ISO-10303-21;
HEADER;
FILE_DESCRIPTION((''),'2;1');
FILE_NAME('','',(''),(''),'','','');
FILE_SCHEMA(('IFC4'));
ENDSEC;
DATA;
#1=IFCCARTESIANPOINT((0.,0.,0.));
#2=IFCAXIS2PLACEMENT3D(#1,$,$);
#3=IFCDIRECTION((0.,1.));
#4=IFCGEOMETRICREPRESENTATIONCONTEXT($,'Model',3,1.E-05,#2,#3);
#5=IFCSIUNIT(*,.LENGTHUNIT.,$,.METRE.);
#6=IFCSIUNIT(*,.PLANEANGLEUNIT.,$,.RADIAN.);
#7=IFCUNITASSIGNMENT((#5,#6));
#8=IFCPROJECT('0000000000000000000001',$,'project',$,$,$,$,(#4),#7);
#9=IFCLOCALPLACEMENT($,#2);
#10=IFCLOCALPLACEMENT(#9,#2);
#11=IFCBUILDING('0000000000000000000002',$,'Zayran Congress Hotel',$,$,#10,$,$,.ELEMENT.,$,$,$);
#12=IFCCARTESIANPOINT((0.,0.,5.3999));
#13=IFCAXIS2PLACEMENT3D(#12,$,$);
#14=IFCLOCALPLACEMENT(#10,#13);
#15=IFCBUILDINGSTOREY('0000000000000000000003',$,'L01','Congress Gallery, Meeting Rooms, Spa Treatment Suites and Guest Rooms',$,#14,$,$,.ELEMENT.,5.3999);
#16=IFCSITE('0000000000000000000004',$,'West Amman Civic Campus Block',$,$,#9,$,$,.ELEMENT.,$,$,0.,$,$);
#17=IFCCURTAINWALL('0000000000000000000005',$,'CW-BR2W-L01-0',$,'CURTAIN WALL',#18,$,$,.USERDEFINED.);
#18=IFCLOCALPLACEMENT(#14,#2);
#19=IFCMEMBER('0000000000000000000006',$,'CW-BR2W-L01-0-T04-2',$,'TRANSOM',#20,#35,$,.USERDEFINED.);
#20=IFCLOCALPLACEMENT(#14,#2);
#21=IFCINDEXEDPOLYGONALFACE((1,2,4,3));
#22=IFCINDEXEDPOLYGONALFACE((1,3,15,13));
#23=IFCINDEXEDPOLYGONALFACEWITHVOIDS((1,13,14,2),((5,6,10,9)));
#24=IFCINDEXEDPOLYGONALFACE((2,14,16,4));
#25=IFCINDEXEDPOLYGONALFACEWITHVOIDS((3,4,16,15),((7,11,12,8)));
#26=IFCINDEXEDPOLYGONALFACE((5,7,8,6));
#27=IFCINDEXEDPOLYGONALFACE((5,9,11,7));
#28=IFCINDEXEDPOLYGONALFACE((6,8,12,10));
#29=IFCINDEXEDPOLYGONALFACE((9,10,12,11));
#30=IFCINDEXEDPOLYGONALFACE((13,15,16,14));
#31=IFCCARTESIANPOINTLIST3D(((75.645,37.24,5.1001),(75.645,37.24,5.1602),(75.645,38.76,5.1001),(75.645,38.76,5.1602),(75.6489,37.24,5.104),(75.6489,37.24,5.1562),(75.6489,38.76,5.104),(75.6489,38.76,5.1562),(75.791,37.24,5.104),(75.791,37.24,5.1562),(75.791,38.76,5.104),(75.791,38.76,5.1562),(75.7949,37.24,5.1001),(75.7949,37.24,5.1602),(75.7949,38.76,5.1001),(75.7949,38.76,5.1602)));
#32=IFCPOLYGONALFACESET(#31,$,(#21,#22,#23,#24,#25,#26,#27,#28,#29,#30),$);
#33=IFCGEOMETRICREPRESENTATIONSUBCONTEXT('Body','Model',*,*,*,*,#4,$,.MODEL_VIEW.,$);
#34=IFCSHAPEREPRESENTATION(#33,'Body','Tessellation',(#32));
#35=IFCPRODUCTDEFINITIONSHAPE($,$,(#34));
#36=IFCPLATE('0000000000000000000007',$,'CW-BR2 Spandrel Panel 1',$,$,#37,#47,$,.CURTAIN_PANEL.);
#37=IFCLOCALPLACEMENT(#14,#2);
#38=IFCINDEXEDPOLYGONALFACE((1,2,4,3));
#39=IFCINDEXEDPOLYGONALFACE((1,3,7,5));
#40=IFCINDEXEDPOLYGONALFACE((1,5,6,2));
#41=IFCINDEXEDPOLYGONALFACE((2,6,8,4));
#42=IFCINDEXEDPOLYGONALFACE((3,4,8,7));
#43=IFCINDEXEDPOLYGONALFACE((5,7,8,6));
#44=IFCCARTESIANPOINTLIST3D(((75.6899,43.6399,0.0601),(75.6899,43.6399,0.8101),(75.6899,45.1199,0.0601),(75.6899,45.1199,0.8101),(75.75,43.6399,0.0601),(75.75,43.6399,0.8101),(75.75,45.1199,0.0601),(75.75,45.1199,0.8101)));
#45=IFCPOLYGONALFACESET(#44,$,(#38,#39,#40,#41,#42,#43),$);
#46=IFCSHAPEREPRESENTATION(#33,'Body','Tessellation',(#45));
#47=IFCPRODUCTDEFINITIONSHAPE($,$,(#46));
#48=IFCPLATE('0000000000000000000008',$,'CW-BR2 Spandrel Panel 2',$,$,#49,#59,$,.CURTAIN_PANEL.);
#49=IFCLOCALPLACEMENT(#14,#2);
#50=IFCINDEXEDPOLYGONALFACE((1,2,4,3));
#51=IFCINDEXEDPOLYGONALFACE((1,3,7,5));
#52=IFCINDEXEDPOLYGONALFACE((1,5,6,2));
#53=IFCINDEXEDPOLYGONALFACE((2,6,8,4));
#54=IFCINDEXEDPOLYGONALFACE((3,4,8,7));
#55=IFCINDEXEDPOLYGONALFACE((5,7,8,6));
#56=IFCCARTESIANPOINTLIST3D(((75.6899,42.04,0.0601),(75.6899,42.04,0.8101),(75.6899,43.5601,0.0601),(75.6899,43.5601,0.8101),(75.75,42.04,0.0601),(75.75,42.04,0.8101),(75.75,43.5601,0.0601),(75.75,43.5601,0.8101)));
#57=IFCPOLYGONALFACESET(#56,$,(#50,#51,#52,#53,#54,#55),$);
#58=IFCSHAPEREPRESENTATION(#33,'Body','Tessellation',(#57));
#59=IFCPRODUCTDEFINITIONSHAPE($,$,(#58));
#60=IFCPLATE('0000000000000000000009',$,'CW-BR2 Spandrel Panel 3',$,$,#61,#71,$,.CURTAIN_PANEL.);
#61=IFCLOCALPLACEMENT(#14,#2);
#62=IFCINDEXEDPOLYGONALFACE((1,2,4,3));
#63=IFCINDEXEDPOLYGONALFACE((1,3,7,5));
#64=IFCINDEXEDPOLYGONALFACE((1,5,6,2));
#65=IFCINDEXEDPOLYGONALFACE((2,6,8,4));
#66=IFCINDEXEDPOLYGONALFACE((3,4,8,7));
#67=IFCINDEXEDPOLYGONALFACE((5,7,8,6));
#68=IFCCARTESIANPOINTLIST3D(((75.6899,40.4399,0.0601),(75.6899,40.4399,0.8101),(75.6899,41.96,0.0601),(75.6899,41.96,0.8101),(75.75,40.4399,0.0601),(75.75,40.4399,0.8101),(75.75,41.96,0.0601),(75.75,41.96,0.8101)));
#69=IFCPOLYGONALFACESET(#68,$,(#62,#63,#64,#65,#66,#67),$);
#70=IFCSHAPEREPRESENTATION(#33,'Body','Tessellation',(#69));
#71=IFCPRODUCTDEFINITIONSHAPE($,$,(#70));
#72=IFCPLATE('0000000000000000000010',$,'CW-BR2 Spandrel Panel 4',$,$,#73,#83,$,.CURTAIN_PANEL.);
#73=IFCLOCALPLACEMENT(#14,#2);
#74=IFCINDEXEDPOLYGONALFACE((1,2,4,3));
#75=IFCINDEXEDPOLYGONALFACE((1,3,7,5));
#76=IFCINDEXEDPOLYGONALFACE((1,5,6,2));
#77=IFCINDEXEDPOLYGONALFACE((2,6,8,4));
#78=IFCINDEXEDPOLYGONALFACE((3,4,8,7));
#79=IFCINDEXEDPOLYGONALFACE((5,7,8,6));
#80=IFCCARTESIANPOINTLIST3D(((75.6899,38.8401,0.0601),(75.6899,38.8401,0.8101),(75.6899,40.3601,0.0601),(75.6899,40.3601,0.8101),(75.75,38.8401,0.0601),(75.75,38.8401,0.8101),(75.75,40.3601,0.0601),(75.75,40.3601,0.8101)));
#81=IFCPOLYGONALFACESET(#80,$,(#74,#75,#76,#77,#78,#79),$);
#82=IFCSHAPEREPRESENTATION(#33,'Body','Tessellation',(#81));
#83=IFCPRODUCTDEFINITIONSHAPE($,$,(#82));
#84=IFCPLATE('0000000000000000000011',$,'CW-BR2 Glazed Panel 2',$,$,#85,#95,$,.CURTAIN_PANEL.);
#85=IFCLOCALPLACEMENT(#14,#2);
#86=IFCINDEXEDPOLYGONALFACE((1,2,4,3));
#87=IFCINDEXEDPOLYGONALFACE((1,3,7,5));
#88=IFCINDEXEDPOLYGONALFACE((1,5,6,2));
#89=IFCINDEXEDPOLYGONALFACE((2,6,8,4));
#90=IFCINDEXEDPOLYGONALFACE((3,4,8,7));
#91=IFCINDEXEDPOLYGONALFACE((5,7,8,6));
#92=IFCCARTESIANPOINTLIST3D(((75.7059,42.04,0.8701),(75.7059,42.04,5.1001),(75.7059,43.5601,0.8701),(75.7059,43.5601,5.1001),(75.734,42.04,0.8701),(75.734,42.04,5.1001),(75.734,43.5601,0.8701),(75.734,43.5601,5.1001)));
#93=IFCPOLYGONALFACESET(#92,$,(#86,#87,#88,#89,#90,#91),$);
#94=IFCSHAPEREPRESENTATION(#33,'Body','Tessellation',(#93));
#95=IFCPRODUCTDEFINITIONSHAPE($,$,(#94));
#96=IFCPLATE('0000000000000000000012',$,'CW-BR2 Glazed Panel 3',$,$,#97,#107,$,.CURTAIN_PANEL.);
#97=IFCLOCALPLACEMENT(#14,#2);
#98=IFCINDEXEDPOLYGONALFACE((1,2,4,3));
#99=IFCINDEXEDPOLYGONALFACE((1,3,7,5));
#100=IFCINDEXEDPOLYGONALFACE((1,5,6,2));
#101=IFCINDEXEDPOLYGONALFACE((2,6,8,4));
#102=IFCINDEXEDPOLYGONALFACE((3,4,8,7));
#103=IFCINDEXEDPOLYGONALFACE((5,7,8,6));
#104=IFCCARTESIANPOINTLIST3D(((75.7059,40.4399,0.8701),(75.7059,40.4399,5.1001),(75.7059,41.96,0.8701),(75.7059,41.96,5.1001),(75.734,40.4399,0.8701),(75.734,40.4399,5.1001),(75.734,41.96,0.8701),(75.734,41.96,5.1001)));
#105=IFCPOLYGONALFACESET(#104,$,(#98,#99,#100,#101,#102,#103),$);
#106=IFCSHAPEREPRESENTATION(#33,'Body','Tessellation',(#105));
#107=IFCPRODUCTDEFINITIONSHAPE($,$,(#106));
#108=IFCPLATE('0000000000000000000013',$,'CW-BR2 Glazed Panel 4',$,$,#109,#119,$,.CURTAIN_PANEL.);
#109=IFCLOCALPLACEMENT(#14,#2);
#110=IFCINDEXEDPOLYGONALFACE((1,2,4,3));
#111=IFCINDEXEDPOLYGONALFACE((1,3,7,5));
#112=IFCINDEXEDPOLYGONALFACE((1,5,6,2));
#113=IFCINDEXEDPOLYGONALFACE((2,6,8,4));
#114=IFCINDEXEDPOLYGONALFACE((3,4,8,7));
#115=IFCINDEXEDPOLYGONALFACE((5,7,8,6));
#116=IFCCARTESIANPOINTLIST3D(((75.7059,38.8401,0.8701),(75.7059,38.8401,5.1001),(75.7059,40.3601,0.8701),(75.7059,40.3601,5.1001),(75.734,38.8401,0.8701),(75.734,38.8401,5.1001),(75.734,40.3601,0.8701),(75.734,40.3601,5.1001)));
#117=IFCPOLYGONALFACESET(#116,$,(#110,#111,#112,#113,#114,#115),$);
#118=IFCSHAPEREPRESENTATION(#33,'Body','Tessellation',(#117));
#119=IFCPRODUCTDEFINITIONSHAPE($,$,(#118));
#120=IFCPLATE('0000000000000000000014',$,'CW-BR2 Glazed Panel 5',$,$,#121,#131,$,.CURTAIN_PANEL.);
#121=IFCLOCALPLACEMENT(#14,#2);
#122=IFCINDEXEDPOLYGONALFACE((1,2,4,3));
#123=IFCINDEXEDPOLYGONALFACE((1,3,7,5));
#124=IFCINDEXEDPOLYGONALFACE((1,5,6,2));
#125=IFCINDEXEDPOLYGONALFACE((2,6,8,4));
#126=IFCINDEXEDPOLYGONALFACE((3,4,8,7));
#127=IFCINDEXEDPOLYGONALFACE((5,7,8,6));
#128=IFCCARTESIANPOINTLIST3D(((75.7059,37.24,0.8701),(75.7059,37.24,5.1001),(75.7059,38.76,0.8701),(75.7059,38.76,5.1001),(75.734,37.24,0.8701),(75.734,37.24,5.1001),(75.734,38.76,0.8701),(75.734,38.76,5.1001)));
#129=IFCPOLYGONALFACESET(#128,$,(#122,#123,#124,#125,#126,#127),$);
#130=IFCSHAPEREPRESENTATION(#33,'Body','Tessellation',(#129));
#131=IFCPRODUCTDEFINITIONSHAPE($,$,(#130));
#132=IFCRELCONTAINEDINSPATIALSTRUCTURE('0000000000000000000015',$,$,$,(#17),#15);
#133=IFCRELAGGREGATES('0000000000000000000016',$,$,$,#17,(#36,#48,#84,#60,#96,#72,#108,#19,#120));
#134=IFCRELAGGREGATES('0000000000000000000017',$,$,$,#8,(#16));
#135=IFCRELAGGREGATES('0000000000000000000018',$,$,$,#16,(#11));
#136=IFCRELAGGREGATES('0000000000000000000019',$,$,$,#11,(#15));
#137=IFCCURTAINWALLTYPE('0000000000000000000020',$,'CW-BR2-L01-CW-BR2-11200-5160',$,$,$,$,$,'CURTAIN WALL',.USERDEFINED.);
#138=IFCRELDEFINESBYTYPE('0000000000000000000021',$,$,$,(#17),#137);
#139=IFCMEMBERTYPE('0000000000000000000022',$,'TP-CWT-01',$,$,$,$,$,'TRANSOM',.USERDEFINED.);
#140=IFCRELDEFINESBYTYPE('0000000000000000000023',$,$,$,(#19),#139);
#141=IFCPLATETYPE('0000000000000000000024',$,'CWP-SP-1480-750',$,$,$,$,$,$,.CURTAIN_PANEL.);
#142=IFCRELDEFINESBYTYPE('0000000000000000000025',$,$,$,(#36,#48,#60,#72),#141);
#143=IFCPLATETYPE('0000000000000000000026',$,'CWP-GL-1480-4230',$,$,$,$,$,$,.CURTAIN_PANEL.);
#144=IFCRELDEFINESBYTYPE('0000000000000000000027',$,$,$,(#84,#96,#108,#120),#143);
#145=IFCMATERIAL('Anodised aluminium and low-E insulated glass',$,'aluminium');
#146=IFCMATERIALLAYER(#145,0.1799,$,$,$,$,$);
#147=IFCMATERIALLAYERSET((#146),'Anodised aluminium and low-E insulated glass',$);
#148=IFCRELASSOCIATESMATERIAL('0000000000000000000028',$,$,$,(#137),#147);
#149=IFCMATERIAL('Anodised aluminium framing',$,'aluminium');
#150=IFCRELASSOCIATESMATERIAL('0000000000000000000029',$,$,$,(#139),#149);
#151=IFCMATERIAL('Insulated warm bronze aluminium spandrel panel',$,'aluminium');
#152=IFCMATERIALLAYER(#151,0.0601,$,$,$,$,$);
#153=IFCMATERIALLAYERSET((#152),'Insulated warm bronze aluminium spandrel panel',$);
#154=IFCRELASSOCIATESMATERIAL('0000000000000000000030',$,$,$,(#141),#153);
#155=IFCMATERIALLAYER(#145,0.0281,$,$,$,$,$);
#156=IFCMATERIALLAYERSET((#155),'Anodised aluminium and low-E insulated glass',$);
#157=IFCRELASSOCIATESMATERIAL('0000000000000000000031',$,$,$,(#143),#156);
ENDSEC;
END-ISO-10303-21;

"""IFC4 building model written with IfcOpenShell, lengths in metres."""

from ifc_helpers import new_model, si_unit, direction, frame, origin, origin_2d, place, context, subcontext, project, spatial, rectangle, hollow_rectangle, extrude, material, layer, layer_set, material_profile, profile_set, type_object, element, aggregate, save


model = new_model("IFC4")

# Units and contexts
model_context = context("Model", 3, precision=1e-05, world=origin(), true_north=direction((0.0, 1.0)))
body_context = subcontext(model_context, "Body", "Model", "MODEL_VIEW")
ifc_project = project(units=[si_unit("LENGTHUNIT", "METRE"), si_unit("PLANEANGLEUNIT", "RADIAN")], contexts=[model_context])

# Site, building, storey
site_placement = place(None, origin())
site = spatial("IfcSite", under=ifc_project, at=site_placement, Name="West Amman Civic Campus Block", CompositionType="ELEMENT", RefElevation=0.0)
building_placement = place(site_placement, origin())
building = spatial("IfcBuilding", under=site, at=building_placement, Name="Zayran Congress Hotel", CompositionType="ELEMENT")
storey_placement = place(building_placement, frame((0.0, 0.0, 5.3999)))
storey = spatial("IfcBuildingStorey", under=building, at=storey_placement, Name="L01", Description="Congress Gallery, Meeting Rooms, Spa Treatment Suites and Guest Rooms", CompositionType="ELEMENT", Elevation=5.3999)

# Curtain wall, member, plates
ifc_material_1 = material(Name="Anodised aluminium and low-E insulated glass", Category="aluminium")
ifc_layer_1 = layer(ifc_material_1, 0.1799)
ifc_layer_set_1 = layer_set([ifc_layer_1], Name="Anodised aluminium and low-E insulated glass")
curtain_wall_type = type_object("IfcCurtainWallType", Name="CW-BR2-L01-CW-BR2-11200-5160", ElementType="CURTAIN WALL", PredefinedType="USERDEFINED", material=ifc_layer_set_1)
curtain_wall_placement = place(storey_placement, origin())
curtain_wall = element("IfcCurtainWall", 1, at=curtain_wall_placement, inside=storey, type_object=curtain_wall_type, Name="CW-BR2W-L01-0", ObjectType="CURTAIN WALL", PredefinedType="USERDEFINED")
ifc_material_2 = material(Name="Anodised aluminium framing", Category="aluminium")
ifc_material_profile_1 = material_profile(ifc_material_2, hollow_rectangle(XDim=0.0601, YDim=0.1499, WallThickness=0.0039, at=origin_2d()), Name="RHS 150x60x4")
ifc_profile_set_1 = profile_set([ifc_material_profile_1], Name="Anodised aluminium framing")
member_type_1 = type_object("IfcMemberType", Name="TP-CWT-01", ElementType="TRANSOM", PredefinedType="USERDEFINED", material=ifc_profile_set_1)
member_1_placement = place(storey_placement, frame((75.72, 38.76, 5.1301), z_axis=(0.0, -1.0, 0.0), x_axis=(0.0, 0.0, 1.0)))
member_1 = element("IfcMember", 2, at=member_1_placement, type_object=member_type_1, Name="CW-BR2W-L01-0-T04-2", ObjectType="TRANSOM", PredefinedType="USERDEFINED", context=body_context, shape_type="SweptSolid", body=[
    extrude(hollow_rectangle(XDim=0.0601, YDim=0.1499, WallThickness=0.0039, at=origin_2d()), origin(), (0.0, 0.0, 1.0), 1.52),
])
ifc_material_3 = material(Name="Insulated warm bronze aluminium spandrel panel", Category="aluminium")
ifc_layer_2 = layer(ifc_material_3, 0.0601)
ifc_layer_set_2 = layer_set([ifc_layer_2], Name="Insulated warm bronze aluminium spandrel panel")
plate_type_1 = type_object("IfcPlateType", Name="CWP-SP-1480-750", PredefinedType="CURTAIN_PANEL", material=ifc_layer_set_2)
plate_1_placement = place(storey_placement, frame((75.72, 44.3799, 0.0601), z_axis=(0.0, 0.0, 1.0), x_axis=(0.0, 1.0, 0.0)))
plate_1 = element("IfcPlate", 3, at=plate_1_placement, type_object=plate_type_1, Name="CW-BR2 Spandrel Panel 1", PredefinedType="CURTAIN_PANEL", context=body_context, shape_type="SweptSolid", body=[
    extrude(rectangle(XDim=1.48, YDim=0.0601, at=origin_2d()), origin(), (0.0, 0.0, 1.0), 0.75),
])
plate_2_placement = place(storey_placement, frame((75.72, 42.8, 0.0601), z_axis=(0.0, 0.0, 1.0), x_axis=(0.0, 1.0, 0.0)))
plate_2 = element("IfcPlate", 4, at=plate_2_placement, type_object=plate_type_1, Name="CW-BR2 Spandrel Panel 2", PredefinedType="CURTAIN_PANEL", context=body_context, shape_type="SweptSolid", body=[
    extrude(rectangle(XDim=1.52, YDim=0.0601, at=origin_2d()), origin(), (0.0, 0.0, 1.0), 0.75),
])
plate_3_placement = place(storey_placement, frame((75.72, 41.2, 0.0601), z_axis=(0.0, 0.0, 1.0), x_axis=(0.0, 1.0, 0.0)))
plate_3 = element("IfcPlate", 5, at=plate_3_placement, type_object=plate_type_1, Name="CW-BR2 Spandrel Panel 3", PredefinedType="CURTAIN_PANEL", context=body_context, shape_type="SweptSolid", body=[
    extrude(rectangle(XDim=1.52, YDim=0.0601, at=origin_2d()), origin(), (0.0, 0.0, 1.0), 0.75),
])
plate_4_placement = place(storey_placement, frame((75.72, 39.6001, 0.0601), z_axis=(0.0, 0.0, 1.0), x_axis=(0.0, 1.0, 0.0)))
plate_4 = element("IfcPlate", 6, at=plate_4_placement, type_object=plate_type_1, Name="CW-BR2 Spandrel Panel 4", PredefinedType="CURTAIN_PANEL", context=body_context, shape_type="SweptSolid", body=[
    extrude(rectangle(XDim=1.52, YDim=0.0601, at=origin_2d()), origin(), (0.0, 0.0, 1.0), 0.75),
])
ifc_layer_3 = layer(ifc_material_1, 0.0281)
ifc_layer_set_3 = layer_set([ifc_layer_3], Name="Anodised aluminium and low-E insulated glass")
plate_type_2 = type_object("IfcPlateType", Name="CWP-GL-1480-4230", PredefinedType="CURTAIN_PANEL", material=ifc_layer_set_3)
plate_5_placement = place(storey_placement, frame((75.72, 42.8, 0.8701), z_axis=(0.0, 0.0, 1.0), x_axis=(0.0, 1.0, 0.0)))
plate_5 = element("IfcPlate", 7, at=plate_5_placement, type_object=plate_type_2, Name="CW-BR2 Glazed Panel 2", PredefinedType="CURTAIN_PANEL", context=body_context, shape_type="SweptSolid", body=[
    extrude(rectangle(XDim=1.52, YDim=0.0281, at=origin_2d()), origin(), (0.0, 0.0, 1.0), 4.23),
])
plate_6_placement = place(storey_placement, frame((75.72, 41.2, 0.8701), z_axis=(0.0, 0.0, 1.0), x_axis=(0.0, 1.0, 0.0)))
plate_6 = element("IfcPlate", 8, at=plate_6_placement, type_object=plate_type_2, Name="CW-BR2 Glazed Panel 3", PredefinedType="CURTAIN_PANEL", context=body_context, shape_type="SweptSolid", body=[
    extrude(rectangle(XDim=1.52, YDim=0.0281, at=origin_2d()), origin(), (0.0, 0.0, 1.0), 4.23),
])
plate_7_placement = place(storey_placement, frame((75.72, 39.6001, 0.8701), z_axis=(0.0, 0.0, 1.0), x_axis=(0.0, 1.0, 0.0)))
plate_7 = element("IfcPlate", 9, at=plate_7_placement, type_object=plate_type_2, Name="CW-BR2 Glazed Panel 4", PredefinedType="CURTAIN_PANEL", context=body_context, shape_type="SweptSolid", body=[
    extrude(rectangle(XDim=1.52, YDim=0.0281, at=origin_2d()), origin(), (0.0, 0.0, 1.0), 4.23),
])
plate_8_placement = place(storey_placement, frame((75.72, 38.0, 0.8701), z_axis=(0.0, 0.0, 1.0), x_axis=(0.0, 1.0, 0.0)))
plate_8 = element("IfcPlate", 10, at=plate_8_placement, type_object=plate_type_2, Name="CW-BR2 Glazed Panel 5", PredefinedType="CURTAIN_PANEL", context=body_context, shape_type="SweptSolid", body=[
    extrude(rectangle(XDim=1.52, YDim=0.0281, at=origin_2d()), origin(), (0.0, 0.0, 1.0), 4.23),
])
aggregate(curtain_wall, [plate_1, plate_2, plate_5, plate_3, plate_6, plate_4, plate_7, member_1, plate_8])

save(model, "model.ifc")
